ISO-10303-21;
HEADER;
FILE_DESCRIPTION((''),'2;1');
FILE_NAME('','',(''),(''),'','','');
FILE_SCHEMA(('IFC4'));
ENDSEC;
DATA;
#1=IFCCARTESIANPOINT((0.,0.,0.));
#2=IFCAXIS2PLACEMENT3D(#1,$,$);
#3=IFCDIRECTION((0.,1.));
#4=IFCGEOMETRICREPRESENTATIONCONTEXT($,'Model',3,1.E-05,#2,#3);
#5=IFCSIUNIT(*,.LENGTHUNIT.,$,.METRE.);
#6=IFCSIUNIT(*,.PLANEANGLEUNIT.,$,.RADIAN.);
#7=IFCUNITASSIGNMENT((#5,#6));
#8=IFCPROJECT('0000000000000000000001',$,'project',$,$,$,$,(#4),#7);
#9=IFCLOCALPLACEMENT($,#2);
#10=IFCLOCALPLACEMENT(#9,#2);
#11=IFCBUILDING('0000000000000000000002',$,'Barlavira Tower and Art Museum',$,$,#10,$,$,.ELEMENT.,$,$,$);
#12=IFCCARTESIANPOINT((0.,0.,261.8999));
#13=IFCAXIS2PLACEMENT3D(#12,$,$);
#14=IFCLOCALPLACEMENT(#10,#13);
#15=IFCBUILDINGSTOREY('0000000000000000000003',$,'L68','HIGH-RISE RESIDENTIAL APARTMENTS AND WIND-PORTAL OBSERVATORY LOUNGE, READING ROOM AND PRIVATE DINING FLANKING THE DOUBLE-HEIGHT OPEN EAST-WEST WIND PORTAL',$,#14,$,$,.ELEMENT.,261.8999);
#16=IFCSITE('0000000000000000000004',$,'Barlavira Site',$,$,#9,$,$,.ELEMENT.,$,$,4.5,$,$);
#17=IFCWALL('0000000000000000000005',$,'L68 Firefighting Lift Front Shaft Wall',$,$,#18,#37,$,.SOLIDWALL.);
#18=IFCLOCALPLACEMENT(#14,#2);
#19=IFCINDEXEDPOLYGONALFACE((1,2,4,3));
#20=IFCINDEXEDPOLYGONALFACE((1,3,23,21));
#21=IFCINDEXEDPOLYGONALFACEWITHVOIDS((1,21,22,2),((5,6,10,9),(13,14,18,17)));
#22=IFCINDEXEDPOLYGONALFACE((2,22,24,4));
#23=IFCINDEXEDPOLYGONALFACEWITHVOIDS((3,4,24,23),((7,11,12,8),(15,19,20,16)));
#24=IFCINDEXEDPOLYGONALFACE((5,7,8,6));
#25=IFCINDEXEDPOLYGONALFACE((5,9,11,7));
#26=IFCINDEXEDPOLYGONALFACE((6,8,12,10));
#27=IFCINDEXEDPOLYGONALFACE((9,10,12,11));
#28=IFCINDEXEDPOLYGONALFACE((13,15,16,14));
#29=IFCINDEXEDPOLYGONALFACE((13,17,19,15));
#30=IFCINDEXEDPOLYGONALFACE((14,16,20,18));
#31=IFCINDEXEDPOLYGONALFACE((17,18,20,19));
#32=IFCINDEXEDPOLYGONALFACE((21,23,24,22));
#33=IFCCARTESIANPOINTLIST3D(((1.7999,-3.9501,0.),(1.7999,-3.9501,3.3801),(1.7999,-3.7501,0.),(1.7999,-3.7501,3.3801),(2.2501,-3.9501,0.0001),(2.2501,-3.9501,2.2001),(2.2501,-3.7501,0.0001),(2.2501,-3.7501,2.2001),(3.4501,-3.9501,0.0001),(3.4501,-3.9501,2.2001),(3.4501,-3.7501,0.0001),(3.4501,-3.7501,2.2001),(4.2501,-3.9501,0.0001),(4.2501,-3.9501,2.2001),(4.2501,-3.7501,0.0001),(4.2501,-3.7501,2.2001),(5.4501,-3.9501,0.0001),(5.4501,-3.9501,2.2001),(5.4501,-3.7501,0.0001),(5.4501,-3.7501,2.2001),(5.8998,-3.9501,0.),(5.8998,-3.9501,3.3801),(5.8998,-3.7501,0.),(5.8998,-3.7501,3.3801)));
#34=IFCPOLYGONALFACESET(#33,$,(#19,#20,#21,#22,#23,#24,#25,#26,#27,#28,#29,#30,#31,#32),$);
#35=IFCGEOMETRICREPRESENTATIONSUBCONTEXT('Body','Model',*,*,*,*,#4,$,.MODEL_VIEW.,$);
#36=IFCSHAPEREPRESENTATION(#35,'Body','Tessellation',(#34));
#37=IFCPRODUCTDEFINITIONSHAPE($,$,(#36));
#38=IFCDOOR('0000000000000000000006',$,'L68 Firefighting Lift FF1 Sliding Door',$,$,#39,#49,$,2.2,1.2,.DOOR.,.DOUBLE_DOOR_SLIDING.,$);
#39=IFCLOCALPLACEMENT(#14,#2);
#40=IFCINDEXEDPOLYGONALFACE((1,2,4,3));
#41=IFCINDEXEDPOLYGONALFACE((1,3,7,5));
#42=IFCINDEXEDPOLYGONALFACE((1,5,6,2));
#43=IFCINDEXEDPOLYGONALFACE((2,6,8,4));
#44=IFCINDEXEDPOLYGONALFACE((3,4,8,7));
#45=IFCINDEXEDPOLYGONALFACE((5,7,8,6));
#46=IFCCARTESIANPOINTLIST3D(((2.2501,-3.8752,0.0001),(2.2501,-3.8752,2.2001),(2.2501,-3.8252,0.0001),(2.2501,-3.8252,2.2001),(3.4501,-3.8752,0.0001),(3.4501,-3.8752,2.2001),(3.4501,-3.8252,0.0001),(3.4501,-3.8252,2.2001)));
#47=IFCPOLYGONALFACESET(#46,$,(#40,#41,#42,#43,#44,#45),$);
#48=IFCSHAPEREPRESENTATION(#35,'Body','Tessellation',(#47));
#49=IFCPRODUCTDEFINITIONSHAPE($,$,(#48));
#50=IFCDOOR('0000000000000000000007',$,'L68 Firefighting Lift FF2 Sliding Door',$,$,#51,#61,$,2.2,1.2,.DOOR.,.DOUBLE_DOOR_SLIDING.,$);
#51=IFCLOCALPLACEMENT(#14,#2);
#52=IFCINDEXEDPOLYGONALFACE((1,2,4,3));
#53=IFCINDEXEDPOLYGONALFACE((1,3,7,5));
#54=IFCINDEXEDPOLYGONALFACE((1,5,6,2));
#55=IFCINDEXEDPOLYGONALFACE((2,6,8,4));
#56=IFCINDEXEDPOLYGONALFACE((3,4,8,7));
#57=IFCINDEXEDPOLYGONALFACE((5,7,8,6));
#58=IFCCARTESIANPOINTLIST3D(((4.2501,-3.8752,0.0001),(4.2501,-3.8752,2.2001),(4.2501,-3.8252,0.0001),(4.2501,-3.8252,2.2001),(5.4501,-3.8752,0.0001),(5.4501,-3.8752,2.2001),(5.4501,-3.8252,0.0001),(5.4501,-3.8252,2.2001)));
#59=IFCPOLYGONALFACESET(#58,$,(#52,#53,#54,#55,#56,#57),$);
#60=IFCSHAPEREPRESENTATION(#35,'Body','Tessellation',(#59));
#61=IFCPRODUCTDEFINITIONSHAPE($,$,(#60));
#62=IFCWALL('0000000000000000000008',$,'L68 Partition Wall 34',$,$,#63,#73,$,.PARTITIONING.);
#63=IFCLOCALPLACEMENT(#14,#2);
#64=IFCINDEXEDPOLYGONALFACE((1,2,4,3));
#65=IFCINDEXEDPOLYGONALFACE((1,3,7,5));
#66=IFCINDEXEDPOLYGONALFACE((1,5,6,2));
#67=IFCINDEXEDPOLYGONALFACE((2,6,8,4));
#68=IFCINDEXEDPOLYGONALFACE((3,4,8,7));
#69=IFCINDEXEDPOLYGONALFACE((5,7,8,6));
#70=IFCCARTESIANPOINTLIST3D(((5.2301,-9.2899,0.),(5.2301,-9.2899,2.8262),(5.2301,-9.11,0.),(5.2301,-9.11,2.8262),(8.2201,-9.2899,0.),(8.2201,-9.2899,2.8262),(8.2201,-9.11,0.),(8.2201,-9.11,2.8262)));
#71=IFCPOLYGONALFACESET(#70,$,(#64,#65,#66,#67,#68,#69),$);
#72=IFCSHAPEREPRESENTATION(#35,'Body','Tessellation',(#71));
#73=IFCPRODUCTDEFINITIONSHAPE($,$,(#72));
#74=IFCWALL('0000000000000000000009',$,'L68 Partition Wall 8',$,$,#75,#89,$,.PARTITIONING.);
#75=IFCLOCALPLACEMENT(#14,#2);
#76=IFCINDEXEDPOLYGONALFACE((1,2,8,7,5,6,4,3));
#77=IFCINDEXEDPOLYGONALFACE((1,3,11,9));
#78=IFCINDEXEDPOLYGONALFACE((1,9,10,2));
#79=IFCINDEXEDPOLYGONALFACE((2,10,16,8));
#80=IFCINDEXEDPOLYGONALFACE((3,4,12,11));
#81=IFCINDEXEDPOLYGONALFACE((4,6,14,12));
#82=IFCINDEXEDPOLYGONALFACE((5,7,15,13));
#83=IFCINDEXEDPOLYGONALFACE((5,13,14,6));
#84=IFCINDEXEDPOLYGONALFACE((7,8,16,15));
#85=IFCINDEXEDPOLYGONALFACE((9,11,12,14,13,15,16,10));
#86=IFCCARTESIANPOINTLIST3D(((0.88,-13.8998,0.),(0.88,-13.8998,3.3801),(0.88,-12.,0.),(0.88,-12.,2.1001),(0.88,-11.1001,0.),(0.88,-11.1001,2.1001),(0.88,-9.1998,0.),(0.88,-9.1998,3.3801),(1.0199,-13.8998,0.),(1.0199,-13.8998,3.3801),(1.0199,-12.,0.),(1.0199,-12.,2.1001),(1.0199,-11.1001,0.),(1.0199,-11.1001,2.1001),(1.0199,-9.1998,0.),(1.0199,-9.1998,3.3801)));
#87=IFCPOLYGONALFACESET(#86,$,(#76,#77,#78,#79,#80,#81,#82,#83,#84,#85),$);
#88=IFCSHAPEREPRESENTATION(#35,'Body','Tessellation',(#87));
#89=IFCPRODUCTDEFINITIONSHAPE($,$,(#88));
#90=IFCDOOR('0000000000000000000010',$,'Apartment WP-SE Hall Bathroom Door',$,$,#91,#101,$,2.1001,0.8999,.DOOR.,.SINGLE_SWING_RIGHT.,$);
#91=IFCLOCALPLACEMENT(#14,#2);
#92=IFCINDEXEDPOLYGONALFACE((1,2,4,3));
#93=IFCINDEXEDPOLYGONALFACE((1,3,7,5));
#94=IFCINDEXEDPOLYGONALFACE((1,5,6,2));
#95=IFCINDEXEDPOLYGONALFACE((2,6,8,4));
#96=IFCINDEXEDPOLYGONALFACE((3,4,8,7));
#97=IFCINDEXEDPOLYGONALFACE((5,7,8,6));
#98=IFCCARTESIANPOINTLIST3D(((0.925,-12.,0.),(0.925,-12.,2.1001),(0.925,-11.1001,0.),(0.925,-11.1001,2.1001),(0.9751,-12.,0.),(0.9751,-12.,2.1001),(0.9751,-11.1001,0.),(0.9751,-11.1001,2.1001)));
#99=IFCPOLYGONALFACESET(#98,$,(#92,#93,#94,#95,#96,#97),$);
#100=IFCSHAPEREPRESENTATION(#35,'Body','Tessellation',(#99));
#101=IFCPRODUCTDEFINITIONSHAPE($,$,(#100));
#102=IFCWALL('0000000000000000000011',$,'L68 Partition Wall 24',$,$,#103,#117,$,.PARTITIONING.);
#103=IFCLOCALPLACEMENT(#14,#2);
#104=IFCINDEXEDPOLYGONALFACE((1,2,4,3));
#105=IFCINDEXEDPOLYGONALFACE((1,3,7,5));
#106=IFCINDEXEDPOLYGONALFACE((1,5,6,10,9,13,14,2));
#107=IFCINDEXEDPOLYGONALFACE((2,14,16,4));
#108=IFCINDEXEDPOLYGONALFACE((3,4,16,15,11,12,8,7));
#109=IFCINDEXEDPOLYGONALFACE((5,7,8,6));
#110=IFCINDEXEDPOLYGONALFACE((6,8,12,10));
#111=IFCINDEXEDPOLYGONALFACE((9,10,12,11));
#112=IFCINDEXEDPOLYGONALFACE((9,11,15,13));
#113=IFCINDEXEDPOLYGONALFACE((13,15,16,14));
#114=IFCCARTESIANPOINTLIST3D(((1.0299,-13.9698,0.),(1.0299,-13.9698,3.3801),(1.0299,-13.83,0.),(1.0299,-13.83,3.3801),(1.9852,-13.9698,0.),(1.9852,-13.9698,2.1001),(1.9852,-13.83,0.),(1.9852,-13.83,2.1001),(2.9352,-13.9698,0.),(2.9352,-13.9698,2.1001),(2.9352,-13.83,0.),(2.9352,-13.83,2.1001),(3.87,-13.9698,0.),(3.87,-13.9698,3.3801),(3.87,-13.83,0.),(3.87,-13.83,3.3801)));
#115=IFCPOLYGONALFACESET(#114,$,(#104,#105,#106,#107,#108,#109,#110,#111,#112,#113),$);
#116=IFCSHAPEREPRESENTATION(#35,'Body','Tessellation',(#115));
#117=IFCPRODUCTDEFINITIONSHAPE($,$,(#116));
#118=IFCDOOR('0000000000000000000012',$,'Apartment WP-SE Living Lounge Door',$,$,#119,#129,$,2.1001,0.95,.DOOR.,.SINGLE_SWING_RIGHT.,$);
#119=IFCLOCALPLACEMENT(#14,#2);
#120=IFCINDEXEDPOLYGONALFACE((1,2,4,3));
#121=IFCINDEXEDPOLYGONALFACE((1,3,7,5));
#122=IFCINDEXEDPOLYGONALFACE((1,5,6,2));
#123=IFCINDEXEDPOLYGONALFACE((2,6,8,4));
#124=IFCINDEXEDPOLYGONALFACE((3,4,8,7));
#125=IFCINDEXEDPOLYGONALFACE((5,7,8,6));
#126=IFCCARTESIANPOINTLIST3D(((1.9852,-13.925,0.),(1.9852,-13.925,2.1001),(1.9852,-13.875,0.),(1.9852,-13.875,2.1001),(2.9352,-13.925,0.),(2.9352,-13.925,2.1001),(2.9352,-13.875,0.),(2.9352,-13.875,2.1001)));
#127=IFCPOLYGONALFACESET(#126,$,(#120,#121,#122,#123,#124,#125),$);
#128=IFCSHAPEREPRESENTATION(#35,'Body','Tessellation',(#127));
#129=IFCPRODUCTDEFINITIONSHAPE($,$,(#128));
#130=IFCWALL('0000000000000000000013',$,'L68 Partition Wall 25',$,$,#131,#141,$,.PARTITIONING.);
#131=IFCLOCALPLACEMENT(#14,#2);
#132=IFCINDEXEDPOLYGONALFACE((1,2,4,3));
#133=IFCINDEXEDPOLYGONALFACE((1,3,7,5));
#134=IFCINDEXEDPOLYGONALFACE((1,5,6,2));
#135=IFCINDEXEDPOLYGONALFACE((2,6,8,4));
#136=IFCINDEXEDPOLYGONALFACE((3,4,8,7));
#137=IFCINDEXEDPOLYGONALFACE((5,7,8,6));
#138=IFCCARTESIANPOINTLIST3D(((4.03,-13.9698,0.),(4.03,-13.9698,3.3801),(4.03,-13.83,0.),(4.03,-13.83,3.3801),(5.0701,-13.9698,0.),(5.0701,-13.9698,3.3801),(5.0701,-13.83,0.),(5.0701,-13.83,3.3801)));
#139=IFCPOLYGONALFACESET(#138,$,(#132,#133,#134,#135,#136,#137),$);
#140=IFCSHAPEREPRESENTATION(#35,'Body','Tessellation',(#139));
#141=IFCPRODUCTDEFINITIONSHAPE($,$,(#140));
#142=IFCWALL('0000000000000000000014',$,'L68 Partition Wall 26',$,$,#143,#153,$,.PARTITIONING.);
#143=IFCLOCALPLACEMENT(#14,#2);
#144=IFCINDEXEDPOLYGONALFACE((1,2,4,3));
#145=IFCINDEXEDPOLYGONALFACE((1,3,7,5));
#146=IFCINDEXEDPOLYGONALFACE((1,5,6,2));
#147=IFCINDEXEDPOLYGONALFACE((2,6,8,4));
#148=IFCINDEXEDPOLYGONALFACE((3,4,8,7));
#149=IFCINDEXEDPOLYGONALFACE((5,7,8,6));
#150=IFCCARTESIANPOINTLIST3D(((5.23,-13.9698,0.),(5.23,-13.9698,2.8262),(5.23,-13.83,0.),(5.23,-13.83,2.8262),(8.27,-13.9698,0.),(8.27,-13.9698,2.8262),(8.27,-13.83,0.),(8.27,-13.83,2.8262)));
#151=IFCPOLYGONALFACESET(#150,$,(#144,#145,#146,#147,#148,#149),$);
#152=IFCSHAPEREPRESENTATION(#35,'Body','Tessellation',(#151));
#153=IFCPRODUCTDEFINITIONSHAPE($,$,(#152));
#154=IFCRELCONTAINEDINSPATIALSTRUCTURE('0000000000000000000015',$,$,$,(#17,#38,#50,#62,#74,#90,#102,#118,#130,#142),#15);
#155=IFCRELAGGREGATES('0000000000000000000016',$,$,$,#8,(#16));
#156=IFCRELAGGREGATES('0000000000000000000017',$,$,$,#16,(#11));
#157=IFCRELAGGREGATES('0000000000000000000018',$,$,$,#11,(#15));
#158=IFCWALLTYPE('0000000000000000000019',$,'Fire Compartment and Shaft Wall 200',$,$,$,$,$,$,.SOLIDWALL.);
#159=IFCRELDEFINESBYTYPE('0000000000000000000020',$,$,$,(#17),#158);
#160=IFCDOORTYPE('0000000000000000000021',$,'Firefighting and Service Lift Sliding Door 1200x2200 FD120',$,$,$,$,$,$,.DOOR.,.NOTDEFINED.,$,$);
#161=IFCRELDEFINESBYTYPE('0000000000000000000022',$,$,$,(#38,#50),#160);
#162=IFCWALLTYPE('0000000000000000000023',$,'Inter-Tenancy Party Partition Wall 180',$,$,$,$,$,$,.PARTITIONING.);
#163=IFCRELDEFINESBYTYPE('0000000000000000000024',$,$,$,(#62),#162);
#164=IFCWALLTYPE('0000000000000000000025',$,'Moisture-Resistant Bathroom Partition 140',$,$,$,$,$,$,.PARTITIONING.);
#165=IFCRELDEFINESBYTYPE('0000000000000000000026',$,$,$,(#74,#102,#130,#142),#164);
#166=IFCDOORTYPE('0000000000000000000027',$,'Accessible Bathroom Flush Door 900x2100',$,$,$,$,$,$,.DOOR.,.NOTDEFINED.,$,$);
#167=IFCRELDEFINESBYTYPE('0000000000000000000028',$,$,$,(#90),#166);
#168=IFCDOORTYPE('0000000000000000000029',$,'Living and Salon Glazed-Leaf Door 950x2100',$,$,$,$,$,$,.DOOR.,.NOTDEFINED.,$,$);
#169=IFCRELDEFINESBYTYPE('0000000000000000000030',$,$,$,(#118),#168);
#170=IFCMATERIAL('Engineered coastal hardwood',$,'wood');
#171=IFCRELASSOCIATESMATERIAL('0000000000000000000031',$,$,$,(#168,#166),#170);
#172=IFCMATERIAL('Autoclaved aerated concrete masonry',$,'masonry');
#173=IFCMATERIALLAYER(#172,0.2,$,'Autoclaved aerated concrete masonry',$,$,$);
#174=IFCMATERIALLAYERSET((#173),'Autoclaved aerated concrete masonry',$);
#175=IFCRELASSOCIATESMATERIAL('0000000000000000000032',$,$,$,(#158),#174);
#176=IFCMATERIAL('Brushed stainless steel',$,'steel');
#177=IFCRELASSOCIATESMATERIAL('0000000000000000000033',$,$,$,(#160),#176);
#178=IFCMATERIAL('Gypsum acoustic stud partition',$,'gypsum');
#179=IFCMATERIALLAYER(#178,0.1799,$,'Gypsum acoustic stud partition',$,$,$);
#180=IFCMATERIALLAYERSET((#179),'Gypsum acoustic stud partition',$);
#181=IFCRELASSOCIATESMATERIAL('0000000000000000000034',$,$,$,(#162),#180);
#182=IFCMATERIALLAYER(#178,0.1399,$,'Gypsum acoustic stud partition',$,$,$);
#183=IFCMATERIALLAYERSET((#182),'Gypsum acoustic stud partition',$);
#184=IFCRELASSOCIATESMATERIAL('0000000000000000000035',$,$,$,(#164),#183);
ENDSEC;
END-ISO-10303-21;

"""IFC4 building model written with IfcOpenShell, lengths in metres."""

from ifc_helpers import new_model, si_unit, direction, frame, frame_2d, origin, place, context, subcontext, project, spatial, rectangle, extrude, material, layer, layer_set, type_object, element, fill, save


model = new_model("IFC4")

# Units and contexts
model_context = context("Model", 3, precision=1e-05, world=origin(), true_north=direction((0.0, 1.0)))
body_context = subcontext(model_context, "Body", "Model", "MODEL_VIEW")
ifc_project = project(units=[si_unit("LENGTHUNIT", "METRE"), si_unit("PLANEANGLEUNIT", "RADIAN")], contexts=[model_context])

# Site, building, storey
site_placement = place(None, origin())
site = spatial("IfcSite", under=ifc_project, at=site_placement, Name="Barlavira Site", CompositionType="ELEMENT", RefElevation=4.5)
building_placement = place(site_placement, origin())
building = spatial("IfcBuilding", under=site, at=building_placement, Name="Barlavira Tower and Art Museum", CompositionType="ELEMENT")
storey_placement = place(building_placement, frame((0.0, 0.0, 261.8999)))
storey = spatial("IfcBuildingStorey", under=building, at=storey_placement, Name="L68", Description="HIGH-RISE RESIDENTIAL APARTMENTS AND WIND-PORTAL OBSERVATORY LOUNGE, READING ROOM AND PRIVATE DINING FLANKING THE DOUBLE-HEIGHT OPEN EAST-WEST WIND PORTAL", CompositionType="ELEMENT", Elevation=261.8999)

# Shared definitions
ifc_material_1 = material(Name="Gypsum acoustic stud partition", Category="gypsum")
ifc_material_2 = material(Name="Engineered coastal hardwood", Category="wood")
door_type_1 = type_object("IfcDoorType", Name="Living and Salon Glazed-Leaf Door 950x2100", OperationType="NOTDEFINED", PredefinedType="DOOR", material=ifc_material_2)

# Wall, openings, doors
ifc_material_3 = material(Name="Autoclaved aerated concrete masonry", Category="masonry")
ifc_layer_1 = layer(ifc_material_3, 0.2, Name="Autoclaved aerated concrete masonry")
ifc_layer_set_1 = layer_set([ifc_layer_1], Name="Autoclaved aerated concrete masonry")
wall_type_1 = type_object("IfcWallType", Name="Fire Compartment and Shaft Wall 200", PredefinedType="SOLIDWALL", material=ifc_layer_set_1)
wall_1_placement = place(storey_placement, frame((1.8, -3.8501, 0.0), z_axis=(0.0, 0.0, 1.0), x_axis=(1.0, 0.0, 0.0)))
wall_1 = element("IfcWall", 1, at=wall_1_placement, inside=storey, type_object=wall_type_1, Name="L68 Firefighting Lift Front Shaft Wall", PredefinedType="SOLIDWALL", context=body_context, shape_type="SweptSolid", body=[
    extrude(rectangle(XDim=4.0999, YDim=0.2, at=frame_2d((2.0498, 0.0))), origin(), (0.0, 0.0, 1.0), 3.3801),
])
opening_1_placement = place(wall_1_placement, frame((0.45, 0.0, 0.0)))
opening_1 = element("IfcOpeningElement", 2, at=opening_1_placement, cuts=wall_1, PredefinedType="OPENING", context=body_context, shape_type="SweptSolid", body=[
    extrude(rectangle(XDim=1.2, YDim=2.2, at=frame_2d((0.6001, 1.1001))), frame((0.0, 0.1099, 0.0), z_axis=(0.0, -1.0, 0.0), x_axis=(1.0, 0.0, 0.0)), (0.0, 0.0, 1.0), 0.22),
])
opening_2_placement = place(wall_1_placement, frame((2.45, 0.0, 0.0)))
opening_2 = element("IfcOpeningElement", 3, at=opening_2_placement, cuts=wall_1, PredefinedType="OPENING", context=body_context, shape_type="SweptSolid", body=[
    extrude(rectangle(XDim=1.2, YDim=2.2, at=frame_2d((0.6001, 1.1001))), frame((0.0, 0.1099, 0.0), z_axis=(0.0, -1.0, 0.0), x_axis=(1.0, 0.0, 0.0)), (0.0, 0.0, 1.0), 0.22),
])
ifc_material_4 = material(Name="Brushed stainless steel", Category="steel")
door_type_2 = type_object("IfcDoorType", Name="Firefighting and Service Lift Sliding Door 1200x2200 FD120", OperationType="NOTDEFINED", PredefinedType="DOOR", material=ifc_material_4)
door_1_placement = place(opening_1_placement, origin())
door_1 = element("IfcDoor", 4, at=door_1_placement, inside=storey, type_object=door_type_2, Name="L68 Firefighting Lift FF1 Sliding Door", OperationType="DOUBLE_DOOR_SLIDING", OverallHeight=2.2, OverallWidth=1.2, PredefinedType="DOOR", context=body_context, shape_type="SweptSolid", body=[
    extrude(rectangle(XDim=1.2, YDim=2.2, at=frame_2d((0.6001, 1.1001))), frame((0.0, 0.0249, 0.0), z_axis=(0.0, -1.0, 0.0), x_axis=(1.0, 0.0, 0.0)), (0.0, 0.0, 1.0), 0.05),
])
fill(opening_1, door_1)
door_2_placement = place(opening_2_placement, origin())
door_2 = element("IfcDoor", 5, at=door_2_placement, inside=storey, type_object=door_type_2, Name="L68 Firefighting Lift FF2 Sliding Door", OperationType="DOUBLE_DOOR_SLIDING", OverallHeight=2.2, OverallWidth=1.2, PredefinedType="DOOR", context=body_context, shape_type="SweptSolid", body=[
    extrude(rectangle(XDim=1.2, YDim=2.2, at=frame_2d((0.6001, 1.1001))), frame((0.0, 0.0249, 0.0), z_axis=(0.0, -1.0, 0.0), x_axis=(1.0, 0.0, 0.0)), (0.0, 0.0, 1.0), 0.05),
])
fill(opening_2, door_2)

# Shared definitions
ifc_layer_2 = layer(ifc_material_1, 0.1799, Name="Gypsum acoustic stud partition")
ifc_layer_set_2 = layer_set([ifc_layer_2], Name="Gypsum acoustic stud partition")
wall_type_2 = type_object("IfcWallType", Name="Inter-Tenancy Party Partition Wall 180", PredefinedType="PARTITIONING", material=ifc_layer_set_2)

# Wall
wall_2_placement = place(storey_placement, frame((5.23, -9.2, 0.0), z_axis=(0.0, 0.0, 1.0), x_axis=(1.0, 0.0, 0.0)))
element("IfcWall", 6, at=wall_2_placement, inside=storey, type_object=wall_type_2, Name="L68 Partition Wall 34", PredefinedType="PARTITIONING", context=body_context, shape_type="SweptSolid", body=[
    extrude(rectangle(XDim=2.99, YDim=0.1799, at=frame_2d((1.4951, 0.0))), origin(), (0.0, 0.0, 1.0), 2.8262),
])

# Walls, openings, doors
ifc_layer_3 = layer(ifc_material_1, 0.1399, Name="Gypsum acoustic stud partition")
ifc_layer_set_3 = layer_set([ifc_layer_3], Name="Gypsum acoustic stud partition")
wall_type_3 = type_object("IfcWallType", Name="Moisture-Resistant Bathroom Partition 140", PredefinedType="PARTITIONING", material=ifc_layer_set_3)
wall_3_placement = place(storey_placement, frame((0.95, -13.8999, 0.0), z_axis=(0.0, 0.0, 1.0), x_axis=(0.0, 1.0, 0.0)))
wall_3 = element("IfcWall", 7, at=wall_3_placement, inside=storey, type_object=wall_type_3, Name="L68 Partition Wall 8", PredefinedType="PARTITIONING", context=body_context, shape_type="SweptSolid", body=[
    extrude(rectangle(XDim=4.7, YDim=0.1399, at=frame_2d((2.3501, 0.0))), origin(), (0.0, 0.0, 1.0), 3.3801),
])
opening_3_placement = place(wall_3_placement, frame((1.8999, 0.0, 0.0)))
opening_3 = element("IfcOpeningElement", 8, at=opening_3_placement, cuts=wall_3, PredefinedType="OPENING", context=body_context, shape_type="SweptSolid", body=[
    extrude(rectangle(XDim=0.8999, YDim=2.1001, at=frame_2d((0.45, 1.05))), frame((0.0, 0.0801, 0.0), z_axis=(0.0, -1.0, 0.0), x_axis=(1.0, 0.0, 0.0)), (0.0, 0.0, 1.0), 0.1599),
])
door_type_3 = type_object("IfcDoorType", Name="Accessible Bathroom Flush Door 900x2100", OperationType="NOTDEFINED", PredefinedType="DOOR", material=ifc_material_2)
door_3_placement = place(opening_3_placement, origin())
door_3 = element("IfcDoor", 9, at=door_3_placement, inside=storey, type_object=door_type_3, Name="Apartment WP-SE Hall Bathroom Door", OperationType="SINGLE_SWING_RIGHT", OverallHeight=2.1001, OverallWidth=0.8999, PredefinedType="DOOR", context=body_context, shape_type="SweptSolid", body=[
    extrude(rectangle(XDim=0.8999, YDim=2.1001, at=frame_2d((0.45, 1.05))), frame((0.0, 0.0249, 0.0), z_axis=(0.0, -1.0, 0.0), x_axis=(1.0, 0.0, 0.0)), (0.0, 0.0, 1.0), 0.05),
])
fill(opening_3, door_3)
wall_4_placement = place(storey_placement, frame((1.03, -13.8999, 0.0), z_axis=(0.0, 0.0, 1.0), x_axis=(1.0, 0.0, 0.0)))
wall_4 = element("IfcWall", 10, at=wall_4_placement, inside=storey, type_object=wall_type_3, Name="L68 Partition Wall 24", PredefinedType="PARTITIONING", context=body_context, shape_type="SweptSolid", body=[
    extrude(rectangle(XDim=2.8401, YDim=0.1399, at=frame_2d((1.4199, 0.0))), origin(), (0.0, 0.0, 1.0), 3.3801),
])
opening_4_placement = place(wall_4_placement, frame((0.9551, 0.0, 0.0)))
opening_4 = element("IfcOpeningElement", 11, at=opening_4_placement, cuts=wall_4, PredefinedType="OPENING", context=body_context, shape_type="SweptSolid", body=[
    extrude(rectangle(XDim=0.95, YDim=2.1001, at=frame_2d((0.4751, 1.05))), frame((0.0, 0.0801, 0.0), z_axis=(0.0, -1.0, 0.0), x_axis=(1.0, 0.0, 0.0)), (0.0, 0.0, 1.0), 0.1599),
])
door_4_placement = place(opening_4_placement, origin())
door_4 = element("IfcDoor", 12, at=door_4_placement, inside=storey, type_object=door_type_1, Name="Apartment WP-SE Living Lounge Door", OperationType="SINGLE_SWING_RIGHT", OverallHeight=2.1001, OverallWidth=0.95, PredefinedType="DOOR", context=body_context, shape_type="SweptSolid", body=[
    extrude(rectangle(XDim=0.95, YDim=2.1001, at=frame_2d((0.4751, 1.05))), frame((0.0, 0.0249, 0.0), z_axis=(0.0, -1.0, 0.0), x_axis=(1.0, 0.0, 0.0)), (0.0, 0.0, 1.0), 0.05),
])
fill(opening_4, door_4)

# Walls
wall_5_placement = place(storey_placement, frame((4.03, -13.8999, 0.0), z_axis=(0.0, 0.0, 1.0), x_axis=(1.0, 0.0, 0.0)))
element("IfcWall", 13, at=wall_5_placement, inside=storey, type_object=wall_type_3, Name="L68 Partition Wall 25", PredefinedType="PARTITIONING", context=body_context, shape_type="SweptSolid", body=[
    extrude(rectangle(XDim=1.04, YDim=0.1399, at=frame_2d((0.52, 0.0))), origin(), (0.0, 0.0, 1.0), 3.3801),
])
wall_6_placement = place(storey_placement, frame((5.23, -13.8999, 0.0), z_axis=(0.0, 0.0, 1.0), x_axis=(1.0, 0.0, 0.0)))
element("IfcWall", 14, at=wall_6_placement, inside=storey, type_object=wall_type_3, Name="L68 Partition Wall 26", PredefinedType="PARTITIONING", context=body_context, shape_type="SweptSolid", body=[
    extrude(rectangle(XDim=3.04, YDim=0.1399, at=frame_2d((1.52, 0.0))), origin(), (0.0, 0.0, 1.0), 2.8262),
])

save(model, "model.ifc")
